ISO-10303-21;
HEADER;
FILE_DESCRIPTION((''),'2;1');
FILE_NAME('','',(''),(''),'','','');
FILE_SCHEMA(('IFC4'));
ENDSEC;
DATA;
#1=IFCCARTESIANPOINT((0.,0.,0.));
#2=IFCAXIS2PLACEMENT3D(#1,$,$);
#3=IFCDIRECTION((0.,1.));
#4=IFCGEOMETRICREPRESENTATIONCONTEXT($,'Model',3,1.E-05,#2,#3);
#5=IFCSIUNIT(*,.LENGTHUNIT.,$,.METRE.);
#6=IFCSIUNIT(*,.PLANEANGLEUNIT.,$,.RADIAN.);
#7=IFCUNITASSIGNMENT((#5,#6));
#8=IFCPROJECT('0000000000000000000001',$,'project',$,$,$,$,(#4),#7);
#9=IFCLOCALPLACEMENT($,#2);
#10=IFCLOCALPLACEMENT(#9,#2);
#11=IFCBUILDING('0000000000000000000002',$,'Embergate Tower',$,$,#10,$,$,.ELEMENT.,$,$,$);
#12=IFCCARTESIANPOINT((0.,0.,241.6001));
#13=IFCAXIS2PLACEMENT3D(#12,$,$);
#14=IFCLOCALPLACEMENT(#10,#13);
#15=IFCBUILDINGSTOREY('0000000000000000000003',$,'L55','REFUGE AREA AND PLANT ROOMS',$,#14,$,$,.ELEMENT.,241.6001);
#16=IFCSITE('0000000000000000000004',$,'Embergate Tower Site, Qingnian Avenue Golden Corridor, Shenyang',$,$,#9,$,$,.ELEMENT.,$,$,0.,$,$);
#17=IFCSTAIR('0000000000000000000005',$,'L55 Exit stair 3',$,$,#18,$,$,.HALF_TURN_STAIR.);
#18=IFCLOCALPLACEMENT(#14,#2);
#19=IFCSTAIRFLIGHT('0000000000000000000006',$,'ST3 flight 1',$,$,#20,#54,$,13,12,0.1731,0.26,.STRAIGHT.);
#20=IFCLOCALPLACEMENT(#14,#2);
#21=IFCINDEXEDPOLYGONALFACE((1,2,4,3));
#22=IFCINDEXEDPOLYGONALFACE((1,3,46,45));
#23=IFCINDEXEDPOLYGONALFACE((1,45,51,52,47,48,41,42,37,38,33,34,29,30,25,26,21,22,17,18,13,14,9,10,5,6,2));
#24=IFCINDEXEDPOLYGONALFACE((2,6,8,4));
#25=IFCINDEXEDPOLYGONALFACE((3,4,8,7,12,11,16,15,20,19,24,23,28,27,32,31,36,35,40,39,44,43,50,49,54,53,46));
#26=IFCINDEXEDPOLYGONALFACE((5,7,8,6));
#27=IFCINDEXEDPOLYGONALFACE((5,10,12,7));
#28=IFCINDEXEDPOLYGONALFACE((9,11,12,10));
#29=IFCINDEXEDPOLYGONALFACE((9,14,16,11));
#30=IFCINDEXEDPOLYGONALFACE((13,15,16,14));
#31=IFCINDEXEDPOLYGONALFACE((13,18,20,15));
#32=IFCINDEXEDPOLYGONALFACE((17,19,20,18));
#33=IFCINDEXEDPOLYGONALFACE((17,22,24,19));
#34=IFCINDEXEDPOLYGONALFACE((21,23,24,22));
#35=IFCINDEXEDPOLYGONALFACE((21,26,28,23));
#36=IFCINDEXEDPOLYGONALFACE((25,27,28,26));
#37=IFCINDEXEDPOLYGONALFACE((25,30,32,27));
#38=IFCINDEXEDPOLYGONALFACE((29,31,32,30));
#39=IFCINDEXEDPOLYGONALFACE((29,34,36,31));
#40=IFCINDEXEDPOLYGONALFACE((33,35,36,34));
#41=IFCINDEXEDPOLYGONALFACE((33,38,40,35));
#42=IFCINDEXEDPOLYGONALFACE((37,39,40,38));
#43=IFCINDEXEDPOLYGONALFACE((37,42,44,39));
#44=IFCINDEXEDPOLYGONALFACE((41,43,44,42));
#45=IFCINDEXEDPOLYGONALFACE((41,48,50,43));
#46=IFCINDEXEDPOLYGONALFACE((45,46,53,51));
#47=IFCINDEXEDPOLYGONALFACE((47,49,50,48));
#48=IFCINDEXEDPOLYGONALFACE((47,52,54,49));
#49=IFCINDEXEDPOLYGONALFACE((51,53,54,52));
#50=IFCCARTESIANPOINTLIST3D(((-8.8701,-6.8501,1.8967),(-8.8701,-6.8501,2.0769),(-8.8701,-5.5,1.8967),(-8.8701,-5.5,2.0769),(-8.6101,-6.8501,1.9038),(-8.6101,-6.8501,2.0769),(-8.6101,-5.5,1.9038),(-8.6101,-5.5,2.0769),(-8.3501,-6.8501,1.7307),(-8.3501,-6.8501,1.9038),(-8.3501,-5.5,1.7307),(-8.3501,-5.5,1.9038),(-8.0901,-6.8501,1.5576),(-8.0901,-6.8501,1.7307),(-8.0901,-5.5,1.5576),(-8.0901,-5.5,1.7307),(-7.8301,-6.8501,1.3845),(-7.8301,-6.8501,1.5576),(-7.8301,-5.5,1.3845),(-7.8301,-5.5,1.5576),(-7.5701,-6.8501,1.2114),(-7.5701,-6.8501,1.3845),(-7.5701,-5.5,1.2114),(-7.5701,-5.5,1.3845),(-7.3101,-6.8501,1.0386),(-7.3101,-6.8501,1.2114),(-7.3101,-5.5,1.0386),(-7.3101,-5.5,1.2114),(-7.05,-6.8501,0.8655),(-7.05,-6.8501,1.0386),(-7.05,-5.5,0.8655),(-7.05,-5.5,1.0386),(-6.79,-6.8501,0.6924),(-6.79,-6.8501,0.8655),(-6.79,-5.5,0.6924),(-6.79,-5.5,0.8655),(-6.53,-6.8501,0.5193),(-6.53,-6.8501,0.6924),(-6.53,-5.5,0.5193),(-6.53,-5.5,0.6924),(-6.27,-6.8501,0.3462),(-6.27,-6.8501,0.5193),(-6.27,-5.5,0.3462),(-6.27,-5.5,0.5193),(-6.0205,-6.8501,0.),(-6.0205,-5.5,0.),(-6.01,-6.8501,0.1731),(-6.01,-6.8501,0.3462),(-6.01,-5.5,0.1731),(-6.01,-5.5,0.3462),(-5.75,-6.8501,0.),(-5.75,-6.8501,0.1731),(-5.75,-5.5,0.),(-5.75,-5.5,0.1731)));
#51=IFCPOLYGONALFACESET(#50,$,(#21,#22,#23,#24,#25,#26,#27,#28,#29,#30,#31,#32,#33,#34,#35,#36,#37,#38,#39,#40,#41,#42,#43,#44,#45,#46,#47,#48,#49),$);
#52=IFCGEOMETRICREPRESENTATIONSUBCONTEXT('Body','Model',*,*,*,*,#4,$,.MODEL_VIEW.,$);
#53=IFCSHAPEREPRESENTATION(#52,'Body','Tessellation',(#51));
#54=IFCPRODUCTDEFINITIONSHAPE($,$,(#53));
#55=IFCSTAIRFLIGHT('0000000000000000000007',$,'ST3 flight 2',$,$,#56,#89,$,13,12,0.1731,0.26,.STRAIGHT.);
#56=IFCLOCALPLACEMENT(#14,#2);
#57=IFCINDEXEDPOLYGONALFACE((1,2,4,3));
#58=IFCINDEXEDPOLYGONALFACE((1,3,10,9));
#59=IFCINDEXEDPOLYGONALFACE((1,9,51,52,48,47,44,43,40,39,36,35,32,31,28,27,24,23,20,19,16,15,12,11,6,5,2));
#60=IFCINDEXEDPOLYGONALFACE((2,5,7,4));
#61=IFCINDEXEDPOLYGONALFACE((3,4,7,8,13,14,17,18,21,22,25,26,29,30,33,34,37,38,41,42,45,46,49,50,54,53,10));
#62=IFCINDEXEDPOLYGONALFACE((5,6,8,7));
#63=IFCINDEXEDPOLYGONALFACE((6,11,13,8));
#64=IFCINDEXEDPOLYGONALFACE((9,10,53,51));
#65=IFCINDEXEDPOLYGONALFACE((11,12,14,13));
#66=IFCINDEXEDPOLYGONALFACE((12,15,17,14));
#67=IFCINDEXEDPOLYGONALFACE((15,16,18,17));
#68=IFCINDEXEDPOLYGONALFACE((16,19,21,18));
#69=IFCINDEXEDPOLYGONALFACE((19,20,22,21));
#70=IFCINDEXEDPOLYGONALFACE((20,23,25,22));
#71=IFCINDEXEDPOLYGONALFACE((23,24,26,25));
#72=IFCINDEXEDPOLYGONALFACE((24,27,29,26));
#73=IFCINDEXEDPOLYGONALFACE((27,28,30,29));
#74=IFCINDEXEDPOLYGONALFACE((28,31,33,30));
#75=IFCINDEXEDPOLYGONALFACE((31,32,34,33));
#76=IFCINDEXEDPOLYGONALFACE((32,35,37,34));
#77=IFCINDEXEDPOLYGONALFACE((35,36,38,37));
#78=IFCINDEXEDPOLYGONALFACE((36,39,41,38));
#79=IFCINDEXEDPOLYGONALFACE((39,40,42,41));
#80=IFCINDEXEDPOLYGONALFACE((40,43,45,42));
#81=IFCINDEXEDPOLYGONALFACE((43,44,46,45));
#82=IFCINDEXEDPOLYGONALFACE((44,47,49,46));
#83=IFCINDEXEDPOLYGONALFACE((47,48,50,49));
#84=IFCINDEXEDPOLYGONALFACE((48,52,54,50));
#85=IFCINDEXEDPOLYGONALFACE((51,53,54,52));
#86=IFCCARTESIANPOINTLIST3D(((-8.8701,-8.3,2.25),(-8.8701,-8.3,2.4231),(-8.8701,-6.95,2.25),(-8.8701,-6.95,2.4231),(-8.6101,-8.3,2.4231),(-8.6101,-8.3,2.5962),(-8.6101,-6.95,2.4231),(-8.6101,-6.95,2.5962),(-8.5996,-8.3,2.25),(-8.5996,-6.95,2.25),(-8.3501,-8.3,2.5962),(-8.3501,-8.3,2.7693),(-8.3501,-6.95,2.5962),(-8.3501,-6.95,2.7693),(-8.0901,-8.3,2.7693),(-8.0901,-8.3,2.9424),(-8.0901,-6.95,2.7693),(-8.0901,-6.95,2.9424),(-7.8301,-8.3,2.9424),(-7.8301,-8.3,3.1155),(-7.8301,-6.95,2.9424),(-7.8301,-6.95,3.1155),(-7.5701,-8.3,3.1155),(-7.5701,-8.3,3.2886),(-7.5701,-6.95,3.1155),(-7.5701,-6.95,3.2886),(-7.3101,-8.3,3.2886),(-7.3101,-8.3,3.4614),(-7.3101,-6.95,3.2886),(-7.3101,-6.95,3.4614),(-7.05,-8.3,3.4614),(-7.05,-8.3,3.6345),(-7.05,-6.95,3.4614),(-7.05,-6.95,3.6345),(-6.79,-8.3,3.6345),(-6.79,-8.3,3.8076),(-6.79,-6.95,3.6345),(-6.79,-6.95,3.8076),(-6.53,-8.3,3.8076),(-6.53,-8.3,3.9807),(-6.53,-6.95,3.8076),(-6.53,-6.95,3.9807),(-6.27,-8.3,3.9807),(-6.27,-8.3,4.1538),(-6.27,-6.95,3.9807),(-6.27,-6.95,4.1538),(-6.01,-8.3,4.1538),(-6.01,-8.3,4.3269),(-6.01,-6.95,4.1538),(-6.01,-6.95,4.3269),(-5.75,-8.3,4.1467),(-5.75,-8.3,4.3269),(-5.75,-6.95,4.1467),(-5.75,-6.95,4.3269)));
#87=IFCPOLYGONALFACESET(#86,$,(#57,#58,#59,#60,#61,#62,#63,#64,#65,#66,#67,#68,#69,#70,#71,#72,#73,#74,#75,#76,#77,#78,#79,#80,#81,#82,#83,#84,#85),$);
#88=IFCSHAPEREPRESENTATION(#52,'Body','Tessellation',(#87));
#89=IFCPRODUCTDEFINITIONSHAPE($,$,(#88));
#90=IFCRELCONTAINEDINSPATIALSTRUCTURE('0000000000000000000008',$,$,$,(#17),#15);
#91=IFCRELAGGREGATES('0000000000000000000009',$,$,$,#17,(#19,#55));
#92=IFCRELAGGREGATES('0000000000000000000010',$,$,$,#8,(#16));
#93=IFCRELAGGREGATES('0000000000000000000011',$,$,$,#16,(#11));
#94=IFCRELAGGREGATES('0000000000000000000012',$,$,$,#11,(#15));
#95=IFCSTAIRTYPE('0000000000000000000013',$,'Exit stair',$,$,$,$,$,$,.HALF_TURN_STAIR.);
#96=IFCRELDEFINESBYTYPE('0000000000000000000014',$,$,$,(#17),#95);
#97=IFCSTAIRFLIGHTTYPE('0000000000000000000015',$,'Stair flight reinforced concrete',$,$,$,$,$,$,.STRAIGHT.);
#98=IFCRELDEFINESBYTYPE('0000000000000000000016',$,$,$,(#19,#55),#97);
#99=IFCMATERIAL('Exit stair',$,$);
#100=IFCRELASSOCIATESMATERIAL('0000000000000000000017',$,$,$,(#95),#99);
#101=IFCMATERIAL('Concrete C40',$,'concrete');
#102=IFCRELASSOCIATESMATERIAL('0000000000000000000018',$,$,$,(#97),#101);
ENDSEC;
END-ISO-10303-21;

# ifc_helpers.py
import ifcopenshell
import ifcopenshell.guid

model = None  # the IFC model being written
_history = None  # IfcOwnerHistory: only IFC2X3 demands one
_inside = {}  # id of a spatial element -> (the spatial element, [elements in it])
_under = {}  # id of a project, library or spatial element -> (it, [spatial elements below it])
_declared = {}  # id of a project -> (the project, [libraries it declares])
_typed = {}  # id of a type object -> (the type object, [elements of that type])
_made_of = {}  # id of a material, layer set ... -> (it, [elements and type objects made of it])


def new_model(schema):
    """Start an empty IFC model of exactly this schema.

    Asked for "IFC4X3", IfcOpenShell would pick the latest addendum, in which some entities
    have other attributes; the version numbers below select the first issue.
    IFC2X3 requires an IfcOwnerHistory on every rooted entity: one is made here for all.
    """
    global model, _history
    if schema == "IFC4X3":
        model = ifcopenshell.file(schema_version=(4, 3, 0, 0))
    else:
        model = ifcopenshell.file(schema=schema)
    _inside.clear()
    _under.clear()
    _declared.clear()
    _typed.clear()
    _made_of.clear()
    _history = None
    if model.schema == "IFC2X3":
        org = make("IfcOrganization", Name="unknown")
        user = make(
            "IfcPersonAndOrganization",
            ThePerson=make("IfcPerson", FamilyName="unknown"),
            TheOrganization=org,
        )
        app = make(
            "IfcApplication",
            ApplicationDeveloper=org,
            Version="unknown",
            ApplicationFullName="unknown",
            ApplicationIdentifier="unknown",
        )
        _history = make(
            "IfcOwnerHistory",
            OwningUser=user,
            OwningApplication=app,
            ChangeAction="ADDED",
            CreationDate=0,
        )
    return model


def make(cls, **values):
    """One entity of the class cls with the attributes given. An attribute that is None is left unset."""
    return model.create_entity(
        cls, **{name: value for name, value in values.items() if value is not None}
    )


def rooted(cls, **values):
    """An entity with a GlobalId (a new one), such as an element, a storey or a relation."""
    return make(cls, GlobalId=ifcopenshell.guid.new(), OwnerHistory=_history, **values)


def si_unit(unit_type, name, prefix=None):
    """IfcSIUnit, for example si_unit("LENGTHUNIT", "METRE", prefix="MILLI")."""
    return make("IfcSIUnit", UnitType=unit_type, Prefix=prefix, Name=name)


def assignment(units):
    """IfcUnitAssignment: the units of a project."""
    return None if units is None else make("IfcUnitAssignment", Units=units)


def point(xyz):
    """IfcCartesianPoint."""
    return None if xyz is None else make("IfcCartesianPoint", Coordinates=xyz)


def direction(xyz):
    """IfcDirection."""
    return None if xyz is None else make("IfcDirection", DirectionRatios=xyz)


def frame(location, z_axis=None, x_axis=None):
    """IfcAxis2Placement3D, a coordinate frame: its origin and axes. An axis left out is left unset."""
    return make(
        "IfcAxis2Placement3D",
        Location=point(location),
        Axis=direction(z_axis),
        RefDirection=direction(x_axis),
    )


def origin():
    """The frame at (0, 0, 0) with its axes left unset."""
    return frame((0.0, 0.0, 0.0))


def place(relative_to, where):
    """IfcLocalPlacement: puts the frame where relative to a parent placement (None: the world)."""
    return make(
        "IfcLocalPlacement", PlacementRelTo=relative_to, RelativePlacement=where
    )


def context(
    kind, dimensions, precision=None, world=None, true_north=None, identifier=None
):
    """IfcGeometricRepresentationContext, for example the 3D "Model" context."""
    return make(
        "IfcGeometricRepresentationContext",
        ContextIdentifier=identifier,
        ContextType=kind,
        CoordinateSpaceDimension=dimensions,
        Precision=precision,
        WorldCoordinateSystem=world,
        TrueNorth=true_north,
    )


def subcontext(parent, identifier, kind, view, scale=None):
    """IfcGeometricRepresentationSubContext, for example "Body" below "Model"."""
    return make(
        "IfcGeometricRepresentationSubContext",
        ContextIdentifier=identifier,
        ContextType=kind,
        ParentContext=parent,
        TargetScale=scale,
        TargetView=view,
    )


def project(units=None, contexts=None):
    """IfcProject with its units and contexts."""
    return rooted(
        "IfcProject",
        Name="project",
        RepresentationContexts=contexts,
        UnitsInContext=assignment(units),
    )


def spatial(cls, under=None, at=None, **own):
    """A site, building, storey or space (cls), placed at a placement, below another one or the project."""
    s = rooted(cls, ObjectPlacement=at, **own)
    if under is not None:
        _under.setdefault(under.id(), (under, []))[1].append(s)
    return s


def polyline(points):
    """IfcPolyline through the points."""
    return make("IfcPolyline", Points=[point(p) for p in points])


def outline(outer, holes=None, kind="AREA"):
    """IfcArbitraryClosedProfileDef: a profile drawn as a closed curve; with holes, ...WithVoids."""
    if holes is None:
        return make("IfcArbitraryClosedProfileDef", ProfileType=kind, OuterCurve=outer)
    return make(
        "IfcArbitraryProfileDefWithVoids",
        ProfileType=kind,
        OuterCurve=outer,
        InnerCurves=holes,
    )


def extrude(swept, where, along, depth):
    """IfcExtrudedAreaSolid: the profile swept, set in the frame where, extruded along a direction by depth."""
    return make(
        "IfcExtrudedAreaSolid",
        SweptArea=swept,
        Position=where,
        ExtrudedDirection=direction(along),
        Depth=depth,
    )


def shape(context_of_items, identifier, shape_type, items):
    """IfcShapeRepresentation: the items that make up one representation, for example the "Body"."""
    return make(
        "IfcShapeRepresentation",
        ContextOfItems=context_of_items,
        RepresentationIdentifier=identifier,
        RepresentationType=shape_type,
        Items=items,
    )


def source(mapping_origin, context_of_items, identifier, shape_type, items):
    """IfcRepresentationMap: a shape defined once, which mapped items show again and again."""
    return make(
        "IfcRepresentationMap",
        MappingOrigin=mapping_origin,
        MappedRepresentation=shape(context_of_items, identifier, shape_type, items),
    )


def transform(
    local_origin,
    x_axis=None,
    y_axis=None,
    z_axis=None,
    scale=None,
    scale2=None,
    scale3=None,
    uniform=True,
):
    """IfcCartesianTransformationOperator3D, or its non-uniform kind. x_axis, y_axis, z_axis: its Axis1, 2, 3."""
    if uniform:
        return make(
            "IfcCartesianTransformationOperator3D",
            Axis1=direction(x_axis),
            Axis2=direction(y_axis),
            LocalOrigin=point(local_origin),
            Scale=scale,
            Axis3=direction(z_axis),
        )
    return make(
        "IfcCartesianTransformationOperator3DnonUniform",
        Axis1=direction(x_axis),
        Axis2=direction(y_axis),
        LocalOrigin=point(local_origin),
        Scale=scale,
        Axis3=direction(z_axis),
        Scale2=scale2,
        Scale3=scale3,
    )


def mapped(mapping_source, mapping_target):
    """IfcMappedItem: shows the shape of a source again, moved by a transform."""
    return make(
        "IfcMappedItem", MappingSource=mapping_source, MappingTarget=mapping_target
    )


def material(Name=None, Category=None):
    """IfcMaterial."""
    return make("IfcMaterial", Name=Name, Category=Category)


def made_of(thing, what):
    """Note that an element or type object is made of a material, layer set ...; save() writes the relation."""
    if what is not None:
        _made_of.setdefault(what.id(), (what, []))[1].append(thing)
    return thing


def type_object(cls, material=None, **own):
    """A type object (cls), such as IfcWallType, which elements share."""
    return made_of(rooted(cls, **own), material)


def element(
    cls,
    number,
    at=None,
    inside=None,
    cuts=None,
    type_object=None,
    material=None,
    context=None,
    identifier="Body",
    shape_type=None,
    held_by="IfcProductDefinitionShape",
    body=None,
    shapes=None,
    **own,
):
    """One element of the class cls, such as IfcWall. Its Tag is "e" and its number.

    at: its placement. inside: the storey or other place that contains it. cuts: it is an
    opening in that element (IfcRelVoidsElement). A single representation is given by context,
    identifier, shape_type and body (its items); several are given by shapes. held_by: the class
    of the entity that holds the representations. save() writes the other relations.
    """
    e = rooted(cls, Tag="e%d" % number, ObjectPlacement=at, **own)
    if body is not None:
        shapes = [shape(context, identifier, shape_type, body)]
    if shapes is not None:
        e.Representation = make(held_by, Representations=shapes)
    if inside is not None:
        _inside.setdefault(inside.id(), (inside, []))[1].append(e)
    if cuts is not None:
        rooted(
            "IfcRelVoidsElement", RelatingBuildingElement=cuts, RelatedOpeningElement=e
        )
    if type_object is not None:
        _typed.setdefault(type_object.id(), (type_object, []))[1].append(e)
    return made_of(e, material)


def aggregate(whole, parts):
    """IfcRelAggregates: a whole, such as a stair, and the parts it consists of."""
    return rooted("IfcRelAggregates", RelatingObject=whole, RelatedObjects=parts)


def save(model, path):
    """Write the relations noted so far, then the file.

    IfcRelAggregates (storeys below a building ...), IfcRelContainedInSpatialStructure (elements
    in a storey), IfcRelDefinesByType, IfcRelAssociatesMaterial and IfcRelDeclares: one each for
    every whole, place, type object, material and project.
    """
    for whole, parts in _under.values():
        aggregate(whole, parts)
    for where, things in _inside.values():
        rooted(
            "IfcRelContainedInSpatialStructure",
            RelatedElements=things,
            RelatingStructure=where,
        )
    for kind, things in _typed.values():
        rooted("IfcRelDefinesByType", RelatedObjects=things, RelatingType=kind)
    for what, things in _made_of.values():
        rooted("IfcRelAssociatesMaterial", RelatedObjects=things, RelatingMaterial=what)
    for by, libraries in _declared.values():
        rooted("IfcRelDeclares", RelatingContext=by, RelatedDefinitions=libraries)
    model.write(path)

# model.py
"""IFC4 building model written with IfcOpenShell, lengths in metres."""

from ifc_helpers import new_model, si_unit, direction, frame, origin, place, context, subcontext, project, spatial, polyline, outline, extrude, source, transform, mapped, material, type_object, element, aggregate, save


model = new_model("IFC4")

# Units and contexts
model_context = context("Model", 3, precision=1e-05, world=origin(), true_north=direction((0.0, 1.0)))
body_context = subcontext(model_context, "Body", "Model", "MODEL_VIEW")
ifc_project = project(units=[si_unit("LENGTHUNIT", "METRE"), si_unit("PLANEANGLEUNIT", "RADIAN")], contexts=[model_context])

# Site, building, storey
site_placement = place(None, origin())
site = spatial("IfcSite", under=ifc_project, at=site_placement, Name="Embergate Tower Site, Qingnian Avenue Golden Corridor, Shenyang", CompositionType="ELEMENT", RefElevation=0.0)
building_placement = place(site_placement, origin())
building = spatial("IfcBuilding", under=site, at=building_placement, Name="Embergate Tower", CompositionType="ELEMENT")
storey_placement = place(building_placement, frame((0.0, 0.0, 241.6001)))
storey = spatial("IfcBuildingStorey", under=building, at=storey_placement, Name="L55", Description="REFUGE AREA AND PLANT ROOMS", CompositionType="ELEMENT", Elevation=241.6001)

# Stair
ifc_material_1 = material(Name="Exit stair")
stair_type = type_object("IfcStairType", Name="Exit stair", PredefinedType="HALF_TURN_STAIR", material=ifc_material_1)
stair_placement = place(storey_placement, origin())
stair = element("IfcStair", 1, at=stair_placement, inside=storey, type_object=stair_type, Name="L55 Exit stair 3", PredefinedType="HALF_TURN_STAIR")
ifc_material_2 = material(Name="Concrete C40", Category="concrete")

# Stair flights
stair_flight_type = type_object("IfcStairFlightType", Name="Stair flight reinforced concrete", PredefinedType="STRAIGHT", material=ifc_material_2)
shared_shape_1 = source(origin(), body_context, "Body", "SweptSolid", [
    extrude(outline(polyline([(0.0, 0.0), (0.0, 0.1731), (0.26, 0.1731), (0.26, 0.3462), (0.52, 0.3462), (0.52, 0.5193), (0.78, 0.5193), (0.78, 0.6924), (1.04, 0.6924), (1.04, 0.8655), (1.3, 0.8655), (1.3, 1.0386), (1.5601, 1.0386), (1.5601, 1.2114), (1.8201, 1.2114), (1.8201, 1.3845), (2.0801, 1.3845), (2.0801, 1.5576), (2.3401, 1.5576), (2.3401, 1.7307), (2.6001, 1.7307), (2.6001, 1.9038), (2.8601, 1.9038), (2.8601, 2.0769), (3.1201, 2.0769), (3.1201, 2.25), (3.1201, 1.8967), (0.2705, 0.0), (0.0, 0.0)])), frame((0.0, 0.675, 0.0), z_axis=(0.0, -1.0, 0.0), x_axis=(1.0, 0.0, 0.0)), (0.0, 0.0, 1.0), 1.3501),
])
stair_flight_1_placement = place(storey_placement, frame((-5.75, -6.175, 0.0), z_axis=(0.0, 0.0, 1.0), x_axis=(-1.0, 0.0, 0.0)))
stair_flight_1 = element("IfcStairFlight", 2, at=stair_flight_1_placement, type_object=stair_flight_type, Name="ST3 flight 1", NumberOfRisers=13, NumberOfTreads=12, PredefinedType="STRAIGHT", RiserHeight=0.1731, TreadLength=0.26, context=body_context, shape_type="MappedRepresentation", body=[
    mapped(shared_shape_1, transform((0.0, 0.0, 0.0))),
])
stair_flight_2_placement = place(storey_placement, frame((-8.8701, -7.625, 2.25), z_axis=(0.0, 0.0, 1.0), x_axis=(1.0, 0.0, 0.0)))
stair_flight_2 = element("IfcStairFlight", 3, at=stair_flight_2_placement, type_object=stair_flight_type, Name="ST3 flight 2", NumberOfRisers=13, NumberOfTreads=12, PredefinedType="STRAIGHT", RiserHeight=0.1731, TreadLength=0.26, context=body_context, shape_type="MappedRepresentation", body=[
    mapped(shared_shape_1, transform((0.0, 0.0, 0.0))),
])
aggregate(stair, [stair_flight_1, stair_flight_2])

save(model, "model.ifc")
